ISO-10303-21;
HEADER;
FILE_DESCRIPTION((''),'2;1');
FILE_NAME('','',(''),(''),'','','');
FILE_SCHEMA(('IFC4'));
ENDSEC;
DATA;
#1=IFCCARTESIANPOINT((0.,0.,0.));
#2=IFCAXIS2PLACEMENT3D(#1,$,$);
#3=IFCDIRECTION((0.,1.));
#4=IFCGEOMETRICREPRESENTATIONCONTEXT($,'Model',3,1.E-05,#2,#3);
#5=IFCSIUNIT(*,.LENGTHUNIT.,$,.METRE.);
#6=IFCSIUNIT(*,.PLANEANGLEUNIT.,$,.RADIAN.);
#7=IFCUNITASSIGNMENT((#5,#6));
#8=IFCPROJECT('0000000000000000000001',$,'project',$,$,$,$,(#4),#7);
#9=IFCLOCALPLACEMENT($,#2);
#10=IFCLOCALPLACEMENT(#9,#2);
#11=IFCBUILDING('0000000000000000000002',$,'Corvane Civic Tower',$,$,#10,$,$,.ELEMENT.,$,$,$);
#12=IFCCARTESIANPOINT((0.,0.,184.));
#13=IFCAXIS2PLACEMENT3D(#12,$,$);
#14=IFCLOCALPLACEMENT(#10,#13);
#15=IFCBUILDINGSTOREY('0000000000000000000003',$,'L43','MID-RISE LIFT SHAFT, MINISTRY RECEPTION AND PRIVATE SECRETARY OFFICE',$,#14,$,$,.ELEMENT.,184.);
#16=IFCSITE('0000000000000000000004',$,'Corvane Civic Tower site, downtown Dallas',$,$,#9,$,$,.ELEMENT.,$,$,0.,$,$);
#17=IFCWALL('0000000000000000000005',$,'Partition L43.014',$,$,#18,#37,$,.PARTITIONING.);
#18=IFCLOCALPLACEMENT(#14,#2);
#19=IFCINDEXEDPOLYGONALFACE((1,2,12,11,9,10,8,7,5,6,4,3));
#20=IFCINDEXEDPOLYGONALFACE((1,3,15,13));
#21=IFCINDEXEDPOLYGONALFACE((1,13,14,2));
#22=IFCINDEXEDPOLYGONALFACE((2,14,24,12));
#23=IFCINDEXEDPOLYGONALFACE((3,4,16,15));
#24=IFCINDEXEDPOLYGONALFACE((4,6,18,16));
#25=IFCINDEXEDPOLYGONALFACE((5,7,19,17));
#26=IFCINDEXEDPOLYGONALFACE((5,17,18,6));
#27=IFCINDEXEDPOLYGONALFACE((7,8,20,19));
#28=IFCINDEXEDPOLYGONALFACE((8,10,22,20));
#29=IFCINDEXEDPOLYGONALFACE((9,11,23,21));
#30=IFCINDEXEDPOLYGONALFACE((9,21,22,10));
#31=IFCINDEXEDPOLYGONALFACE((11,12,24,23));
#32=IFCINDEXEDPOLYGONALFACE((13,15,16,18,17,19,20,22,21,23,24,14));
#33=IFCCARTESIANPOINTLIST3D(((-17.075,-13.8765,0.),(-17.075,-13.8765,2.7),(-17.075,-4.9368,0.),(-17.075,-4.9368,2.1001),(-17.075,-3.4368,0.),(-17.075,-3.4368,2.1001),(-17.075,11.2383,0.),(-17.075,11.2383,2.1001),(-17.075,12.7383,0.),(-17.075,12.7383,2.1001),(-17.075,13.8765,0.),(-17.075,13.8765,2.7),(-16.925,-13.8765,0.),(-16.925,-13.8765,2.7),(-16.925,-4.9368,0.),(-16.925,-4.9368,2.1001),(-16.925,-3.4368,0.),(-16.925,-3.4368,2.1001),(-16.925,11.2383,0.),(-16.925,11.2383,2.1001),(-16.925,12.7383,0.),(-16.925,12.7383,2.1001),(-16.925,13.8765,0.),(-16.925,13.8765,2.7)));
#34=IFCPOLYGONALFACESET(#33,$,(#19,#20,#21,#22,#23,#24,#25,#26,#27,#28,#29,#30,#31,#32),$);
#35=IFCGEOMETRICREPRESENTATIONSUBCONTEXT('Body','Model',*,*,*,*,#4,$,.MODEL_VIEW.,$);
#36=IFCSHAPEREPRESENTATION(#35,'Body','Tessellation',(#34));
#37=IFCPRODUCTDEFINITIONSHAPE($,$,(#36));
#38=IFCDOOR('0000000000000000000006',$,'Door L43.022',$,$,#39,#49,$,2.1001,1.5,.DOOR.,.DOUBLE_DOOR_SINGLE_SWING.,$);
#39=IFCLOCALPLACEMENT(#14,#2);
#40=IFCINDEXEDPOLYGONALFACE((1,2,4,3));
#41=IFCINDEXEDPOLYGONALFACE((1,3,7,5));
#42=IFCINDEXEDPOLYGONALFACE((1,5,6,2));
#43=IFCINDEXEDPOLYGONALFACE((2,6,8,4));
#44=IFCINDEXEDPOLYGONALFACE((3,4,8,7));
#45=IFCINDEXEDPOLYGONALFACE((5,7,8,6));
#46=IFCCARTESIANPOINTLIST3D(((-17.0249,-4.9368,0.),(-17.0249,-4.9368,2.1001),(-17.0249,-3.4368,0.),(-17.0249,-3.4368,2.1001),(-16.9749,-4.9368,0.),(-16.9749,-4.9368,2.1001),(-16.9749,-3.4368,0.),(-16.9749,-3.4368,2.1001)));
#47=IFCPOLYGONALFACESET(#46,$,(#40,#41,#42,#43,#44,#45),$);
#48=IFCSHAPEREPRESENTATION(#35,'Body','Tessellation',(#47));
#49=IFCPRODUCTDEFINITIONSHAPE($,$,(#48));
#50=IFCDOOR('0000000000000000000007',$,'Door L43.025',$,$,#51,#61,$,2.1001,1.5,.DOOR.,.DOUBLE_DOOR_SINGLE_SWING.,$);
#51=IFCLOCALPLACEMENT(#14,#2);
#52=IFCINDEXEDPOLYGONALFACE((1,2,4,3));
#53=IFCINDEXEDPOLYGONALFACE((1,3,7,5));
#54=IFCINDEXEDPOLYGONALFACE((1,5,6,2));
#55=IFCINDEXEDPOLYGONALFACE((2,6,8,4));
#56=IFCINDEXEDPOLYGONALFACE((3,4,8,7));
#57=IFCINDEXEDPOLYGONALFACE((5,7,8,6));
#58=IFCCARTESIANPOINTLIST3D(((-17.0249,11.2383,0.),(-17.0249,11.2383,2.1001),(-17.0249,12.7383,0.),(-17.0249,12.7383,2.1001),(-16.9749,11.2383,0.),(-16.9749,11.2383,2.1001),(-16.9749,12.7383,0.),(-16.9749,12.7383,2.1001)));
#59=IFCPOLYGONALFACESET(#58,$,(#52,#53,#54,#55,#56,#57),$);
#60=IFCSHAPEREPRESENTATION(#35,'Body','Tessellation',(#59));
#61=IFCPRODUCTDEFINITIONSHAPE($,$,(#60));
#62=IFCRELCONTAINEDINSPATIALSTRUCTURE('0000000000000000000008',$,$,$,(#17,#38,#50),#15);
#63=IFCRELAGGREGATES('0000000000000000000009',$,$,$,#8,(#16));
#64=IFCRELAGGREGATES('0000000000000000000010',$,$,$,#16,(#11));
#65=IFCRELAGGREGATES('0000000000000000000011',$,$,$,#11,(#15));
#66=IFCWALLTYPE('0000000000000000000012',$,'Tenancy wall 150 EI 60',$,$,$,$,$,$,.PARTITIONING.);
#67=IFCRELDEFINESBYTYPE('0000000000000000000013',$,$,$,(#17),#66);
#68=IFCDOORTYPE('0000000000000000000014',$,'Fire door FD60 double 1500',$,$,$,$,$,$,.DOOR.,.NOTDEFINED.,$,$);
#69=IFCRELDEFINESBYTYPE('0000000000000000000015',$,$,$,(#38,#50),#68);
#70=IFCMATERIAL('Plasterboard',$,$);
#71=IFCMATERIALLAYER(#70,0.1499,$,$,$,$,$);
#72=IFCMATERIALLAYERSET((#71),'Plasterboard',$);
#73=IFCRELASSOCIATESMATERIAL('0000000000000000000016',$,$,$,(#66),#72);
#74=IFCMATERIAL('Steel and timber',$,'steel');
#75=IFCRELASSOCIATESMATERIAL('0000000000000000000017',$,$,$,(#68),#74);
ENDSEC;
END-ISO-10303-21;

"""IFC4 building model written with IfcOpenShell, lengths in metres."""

from ifc_helpers import new_model, si_unit, direction, frame, frame_2d, origin, place, context, subcontext, project, spatial, rectangle, extrude, material, layer, layer_set, type_object, element, fill, save


model = new_model("IFC4")

# Units and contexts
model_context = context("Model", 3, precision=1e-05, world=origin(), true_north=direction((0.0, 1.0)))
body_context = subcontext(model_context, "Body", "Model", "MODEL_VIEW")
ifc_project = project(units=[si_unit("LENGTHUNIT", "METRE"), si_unit("PLANEANGLEUNIT", "RADIAN")], contexts=[model_context])

# Site, building, storey
site_placement = place(None, origin())
site = spatial("IfcSite", under=ifc_project, at=site_placement, Name="Corvane Civic Tower site, downtown Dallas", CompositionType="ELEMENT", RefElevation=0.0)
building_placement = place(site_placement, origin())
building = spatial("IfcBuilding", under=site, at=building_placement, Name="Corvane Civic Tower", CompositionType="ELEMENT")
storey_placement = place(building_placement, frame((0.0, 0.0, 184.0)))
storey = spatial("IfcBuildingStorey", under=building, at=storey_placement, Name="L43", Description="MID-RISE LIFT SHAFT, MINISTRY RECEPTION AND PRIVATE SECRETARY OFFICE", CompositionType="ELEMENT", Elevation=184.0)

# Shared definitions
ifc_material_1 = material(Name="Plasterboard")
ifc_layer_1 = layer(ifc_material_1, 0.1499)
ifc_layer_set_1 = layer_set([ifc_layer_1], Name="Plasterboard")
wall_type_1 = type_object("IfcWallType", Name="Tenancy wall 150 EI 60", PredefinedType="PARTITIONING", material=ifc_layer_set_1)

# Wall, openings, doors
wall_1_placement = place(storey_placement, frame((-17.0, -13.8765, 0.0), z_axis=(0.0, 0.0, 1.0), x_axis=(0.0, 1.0, 0.0)))
wall_1 = element("IfcWall", 1, at=wall_1_placement, inside=storey, type_object=wall_type_1, Name="Partition L43.014", PredefinedType="PARTITIONING", context=body_context, shape_type="SweptSolid", body=[
    extrude(rectangle(XDim=27.7529, YDim=0.1499, at=frame_2d((13.8765, 0.0))), origin(), (0.0, 0.0, 1.0), 2.7),
])
opening_1_placement = place(wall_1_placement, frame((8.9397, 0.0, 0.0)))
opening_1 = element("IfcOpeningElement", 2, at=opening_1_placement, cuts=wall_1, PredefinedType="OPENING", context=body_context, shape_type="SweptSolid", body=[
    extrude(rectangle(XDim=1.5, YDim=2.1001, at=frame_2d((0.75, 1.05))), frame((0.0, 0.085, 0.0), z_axis=(0.0, -1.0, 0.0), x_axis=(1.0, 0.0, 0.0)), (0.0, 0.0, 1.0), 0.1699),
])
opening_2_placement = place(wall_1_placement, frame((25.1147, 0.0, 0.0)))
opening_2 = element("IfcOpeningElement", 3, at=opening_2_placement, cuts=wall_1, PredefinedType="OPENING", context=body_context, shape_type="SweptSolid", body=[
    extrude(rectangle(XDim=1.5, YDim=2.1001, at=frame_2d((0.75, 1.05))), frame((0.0, 0.085, 0.0), z_axis=(0.0, -1.0, 0.0), x_axis=(1.0, 0.0, 0.0)), (0.0, 0.0, 1.0), 0.1699),
])
ifc_material_2 = material(Name="Steel and timber", Category="steel")
door_type_1 = type_object("IfcDoorType", Name="Fire door FD60 double 1500", OperationType="NOTDEFINED", PredefinedType="DOOR", material=ifc_material_2)
door_1_placement = place(opening_1_placement, origin())
door_1 = element("IfcDoor", 4, at=door_1_placement, inside=storey, type_object=door_type_1, Name="Door L43.022", OperationType="DOUBLE_DOOR_SINGLE_SWING", OverallHeight=2.1001, OverallWidth=1.5, PredefinedType="DOOR", context=body_context, shape_type="SweptSolid", body=[
    extrude(rectangle(XDim=1.5, YDim=2.1001, at=frame_2d((0.75, 1.05))), frame((0.0, 0.0249, 0.0), z_axis=(0.0, -1.0, 0.0), x_axis=(1.0, 0.0, 0.0)), (0.0, 0.0, 1.0), 0.05),
])
fill(opening_1, door_1)
door_2_placement = place(opening_2_placement, origin())
door_2 = element("IfcDoor", 5, at=door_2_placement, inside=storey, type_object=door_type_1, Name="Door L43.025", OperationType="DOUBLE_DOOR_SINGLE_SWING", OverallHeight=2.1001, OverallWidth=1.5, PredefinedType="DOOR", context=body_context, shape_type="SweptSolid", body=[
    extrude(rectangle(XDim=1.5, YDim=2.1001, at=frame_2d((0.75, 1.05))), frame((0.0, 0.0249, 0.0), z_axis=(0.0, -1.0, 0.0), x_axis=(1.0, 0.0, 0.0)), (0.0, 0.0, 1.0), 0.05),
])
fill(opening_2, door_2)

save(model, "model.ifc")
